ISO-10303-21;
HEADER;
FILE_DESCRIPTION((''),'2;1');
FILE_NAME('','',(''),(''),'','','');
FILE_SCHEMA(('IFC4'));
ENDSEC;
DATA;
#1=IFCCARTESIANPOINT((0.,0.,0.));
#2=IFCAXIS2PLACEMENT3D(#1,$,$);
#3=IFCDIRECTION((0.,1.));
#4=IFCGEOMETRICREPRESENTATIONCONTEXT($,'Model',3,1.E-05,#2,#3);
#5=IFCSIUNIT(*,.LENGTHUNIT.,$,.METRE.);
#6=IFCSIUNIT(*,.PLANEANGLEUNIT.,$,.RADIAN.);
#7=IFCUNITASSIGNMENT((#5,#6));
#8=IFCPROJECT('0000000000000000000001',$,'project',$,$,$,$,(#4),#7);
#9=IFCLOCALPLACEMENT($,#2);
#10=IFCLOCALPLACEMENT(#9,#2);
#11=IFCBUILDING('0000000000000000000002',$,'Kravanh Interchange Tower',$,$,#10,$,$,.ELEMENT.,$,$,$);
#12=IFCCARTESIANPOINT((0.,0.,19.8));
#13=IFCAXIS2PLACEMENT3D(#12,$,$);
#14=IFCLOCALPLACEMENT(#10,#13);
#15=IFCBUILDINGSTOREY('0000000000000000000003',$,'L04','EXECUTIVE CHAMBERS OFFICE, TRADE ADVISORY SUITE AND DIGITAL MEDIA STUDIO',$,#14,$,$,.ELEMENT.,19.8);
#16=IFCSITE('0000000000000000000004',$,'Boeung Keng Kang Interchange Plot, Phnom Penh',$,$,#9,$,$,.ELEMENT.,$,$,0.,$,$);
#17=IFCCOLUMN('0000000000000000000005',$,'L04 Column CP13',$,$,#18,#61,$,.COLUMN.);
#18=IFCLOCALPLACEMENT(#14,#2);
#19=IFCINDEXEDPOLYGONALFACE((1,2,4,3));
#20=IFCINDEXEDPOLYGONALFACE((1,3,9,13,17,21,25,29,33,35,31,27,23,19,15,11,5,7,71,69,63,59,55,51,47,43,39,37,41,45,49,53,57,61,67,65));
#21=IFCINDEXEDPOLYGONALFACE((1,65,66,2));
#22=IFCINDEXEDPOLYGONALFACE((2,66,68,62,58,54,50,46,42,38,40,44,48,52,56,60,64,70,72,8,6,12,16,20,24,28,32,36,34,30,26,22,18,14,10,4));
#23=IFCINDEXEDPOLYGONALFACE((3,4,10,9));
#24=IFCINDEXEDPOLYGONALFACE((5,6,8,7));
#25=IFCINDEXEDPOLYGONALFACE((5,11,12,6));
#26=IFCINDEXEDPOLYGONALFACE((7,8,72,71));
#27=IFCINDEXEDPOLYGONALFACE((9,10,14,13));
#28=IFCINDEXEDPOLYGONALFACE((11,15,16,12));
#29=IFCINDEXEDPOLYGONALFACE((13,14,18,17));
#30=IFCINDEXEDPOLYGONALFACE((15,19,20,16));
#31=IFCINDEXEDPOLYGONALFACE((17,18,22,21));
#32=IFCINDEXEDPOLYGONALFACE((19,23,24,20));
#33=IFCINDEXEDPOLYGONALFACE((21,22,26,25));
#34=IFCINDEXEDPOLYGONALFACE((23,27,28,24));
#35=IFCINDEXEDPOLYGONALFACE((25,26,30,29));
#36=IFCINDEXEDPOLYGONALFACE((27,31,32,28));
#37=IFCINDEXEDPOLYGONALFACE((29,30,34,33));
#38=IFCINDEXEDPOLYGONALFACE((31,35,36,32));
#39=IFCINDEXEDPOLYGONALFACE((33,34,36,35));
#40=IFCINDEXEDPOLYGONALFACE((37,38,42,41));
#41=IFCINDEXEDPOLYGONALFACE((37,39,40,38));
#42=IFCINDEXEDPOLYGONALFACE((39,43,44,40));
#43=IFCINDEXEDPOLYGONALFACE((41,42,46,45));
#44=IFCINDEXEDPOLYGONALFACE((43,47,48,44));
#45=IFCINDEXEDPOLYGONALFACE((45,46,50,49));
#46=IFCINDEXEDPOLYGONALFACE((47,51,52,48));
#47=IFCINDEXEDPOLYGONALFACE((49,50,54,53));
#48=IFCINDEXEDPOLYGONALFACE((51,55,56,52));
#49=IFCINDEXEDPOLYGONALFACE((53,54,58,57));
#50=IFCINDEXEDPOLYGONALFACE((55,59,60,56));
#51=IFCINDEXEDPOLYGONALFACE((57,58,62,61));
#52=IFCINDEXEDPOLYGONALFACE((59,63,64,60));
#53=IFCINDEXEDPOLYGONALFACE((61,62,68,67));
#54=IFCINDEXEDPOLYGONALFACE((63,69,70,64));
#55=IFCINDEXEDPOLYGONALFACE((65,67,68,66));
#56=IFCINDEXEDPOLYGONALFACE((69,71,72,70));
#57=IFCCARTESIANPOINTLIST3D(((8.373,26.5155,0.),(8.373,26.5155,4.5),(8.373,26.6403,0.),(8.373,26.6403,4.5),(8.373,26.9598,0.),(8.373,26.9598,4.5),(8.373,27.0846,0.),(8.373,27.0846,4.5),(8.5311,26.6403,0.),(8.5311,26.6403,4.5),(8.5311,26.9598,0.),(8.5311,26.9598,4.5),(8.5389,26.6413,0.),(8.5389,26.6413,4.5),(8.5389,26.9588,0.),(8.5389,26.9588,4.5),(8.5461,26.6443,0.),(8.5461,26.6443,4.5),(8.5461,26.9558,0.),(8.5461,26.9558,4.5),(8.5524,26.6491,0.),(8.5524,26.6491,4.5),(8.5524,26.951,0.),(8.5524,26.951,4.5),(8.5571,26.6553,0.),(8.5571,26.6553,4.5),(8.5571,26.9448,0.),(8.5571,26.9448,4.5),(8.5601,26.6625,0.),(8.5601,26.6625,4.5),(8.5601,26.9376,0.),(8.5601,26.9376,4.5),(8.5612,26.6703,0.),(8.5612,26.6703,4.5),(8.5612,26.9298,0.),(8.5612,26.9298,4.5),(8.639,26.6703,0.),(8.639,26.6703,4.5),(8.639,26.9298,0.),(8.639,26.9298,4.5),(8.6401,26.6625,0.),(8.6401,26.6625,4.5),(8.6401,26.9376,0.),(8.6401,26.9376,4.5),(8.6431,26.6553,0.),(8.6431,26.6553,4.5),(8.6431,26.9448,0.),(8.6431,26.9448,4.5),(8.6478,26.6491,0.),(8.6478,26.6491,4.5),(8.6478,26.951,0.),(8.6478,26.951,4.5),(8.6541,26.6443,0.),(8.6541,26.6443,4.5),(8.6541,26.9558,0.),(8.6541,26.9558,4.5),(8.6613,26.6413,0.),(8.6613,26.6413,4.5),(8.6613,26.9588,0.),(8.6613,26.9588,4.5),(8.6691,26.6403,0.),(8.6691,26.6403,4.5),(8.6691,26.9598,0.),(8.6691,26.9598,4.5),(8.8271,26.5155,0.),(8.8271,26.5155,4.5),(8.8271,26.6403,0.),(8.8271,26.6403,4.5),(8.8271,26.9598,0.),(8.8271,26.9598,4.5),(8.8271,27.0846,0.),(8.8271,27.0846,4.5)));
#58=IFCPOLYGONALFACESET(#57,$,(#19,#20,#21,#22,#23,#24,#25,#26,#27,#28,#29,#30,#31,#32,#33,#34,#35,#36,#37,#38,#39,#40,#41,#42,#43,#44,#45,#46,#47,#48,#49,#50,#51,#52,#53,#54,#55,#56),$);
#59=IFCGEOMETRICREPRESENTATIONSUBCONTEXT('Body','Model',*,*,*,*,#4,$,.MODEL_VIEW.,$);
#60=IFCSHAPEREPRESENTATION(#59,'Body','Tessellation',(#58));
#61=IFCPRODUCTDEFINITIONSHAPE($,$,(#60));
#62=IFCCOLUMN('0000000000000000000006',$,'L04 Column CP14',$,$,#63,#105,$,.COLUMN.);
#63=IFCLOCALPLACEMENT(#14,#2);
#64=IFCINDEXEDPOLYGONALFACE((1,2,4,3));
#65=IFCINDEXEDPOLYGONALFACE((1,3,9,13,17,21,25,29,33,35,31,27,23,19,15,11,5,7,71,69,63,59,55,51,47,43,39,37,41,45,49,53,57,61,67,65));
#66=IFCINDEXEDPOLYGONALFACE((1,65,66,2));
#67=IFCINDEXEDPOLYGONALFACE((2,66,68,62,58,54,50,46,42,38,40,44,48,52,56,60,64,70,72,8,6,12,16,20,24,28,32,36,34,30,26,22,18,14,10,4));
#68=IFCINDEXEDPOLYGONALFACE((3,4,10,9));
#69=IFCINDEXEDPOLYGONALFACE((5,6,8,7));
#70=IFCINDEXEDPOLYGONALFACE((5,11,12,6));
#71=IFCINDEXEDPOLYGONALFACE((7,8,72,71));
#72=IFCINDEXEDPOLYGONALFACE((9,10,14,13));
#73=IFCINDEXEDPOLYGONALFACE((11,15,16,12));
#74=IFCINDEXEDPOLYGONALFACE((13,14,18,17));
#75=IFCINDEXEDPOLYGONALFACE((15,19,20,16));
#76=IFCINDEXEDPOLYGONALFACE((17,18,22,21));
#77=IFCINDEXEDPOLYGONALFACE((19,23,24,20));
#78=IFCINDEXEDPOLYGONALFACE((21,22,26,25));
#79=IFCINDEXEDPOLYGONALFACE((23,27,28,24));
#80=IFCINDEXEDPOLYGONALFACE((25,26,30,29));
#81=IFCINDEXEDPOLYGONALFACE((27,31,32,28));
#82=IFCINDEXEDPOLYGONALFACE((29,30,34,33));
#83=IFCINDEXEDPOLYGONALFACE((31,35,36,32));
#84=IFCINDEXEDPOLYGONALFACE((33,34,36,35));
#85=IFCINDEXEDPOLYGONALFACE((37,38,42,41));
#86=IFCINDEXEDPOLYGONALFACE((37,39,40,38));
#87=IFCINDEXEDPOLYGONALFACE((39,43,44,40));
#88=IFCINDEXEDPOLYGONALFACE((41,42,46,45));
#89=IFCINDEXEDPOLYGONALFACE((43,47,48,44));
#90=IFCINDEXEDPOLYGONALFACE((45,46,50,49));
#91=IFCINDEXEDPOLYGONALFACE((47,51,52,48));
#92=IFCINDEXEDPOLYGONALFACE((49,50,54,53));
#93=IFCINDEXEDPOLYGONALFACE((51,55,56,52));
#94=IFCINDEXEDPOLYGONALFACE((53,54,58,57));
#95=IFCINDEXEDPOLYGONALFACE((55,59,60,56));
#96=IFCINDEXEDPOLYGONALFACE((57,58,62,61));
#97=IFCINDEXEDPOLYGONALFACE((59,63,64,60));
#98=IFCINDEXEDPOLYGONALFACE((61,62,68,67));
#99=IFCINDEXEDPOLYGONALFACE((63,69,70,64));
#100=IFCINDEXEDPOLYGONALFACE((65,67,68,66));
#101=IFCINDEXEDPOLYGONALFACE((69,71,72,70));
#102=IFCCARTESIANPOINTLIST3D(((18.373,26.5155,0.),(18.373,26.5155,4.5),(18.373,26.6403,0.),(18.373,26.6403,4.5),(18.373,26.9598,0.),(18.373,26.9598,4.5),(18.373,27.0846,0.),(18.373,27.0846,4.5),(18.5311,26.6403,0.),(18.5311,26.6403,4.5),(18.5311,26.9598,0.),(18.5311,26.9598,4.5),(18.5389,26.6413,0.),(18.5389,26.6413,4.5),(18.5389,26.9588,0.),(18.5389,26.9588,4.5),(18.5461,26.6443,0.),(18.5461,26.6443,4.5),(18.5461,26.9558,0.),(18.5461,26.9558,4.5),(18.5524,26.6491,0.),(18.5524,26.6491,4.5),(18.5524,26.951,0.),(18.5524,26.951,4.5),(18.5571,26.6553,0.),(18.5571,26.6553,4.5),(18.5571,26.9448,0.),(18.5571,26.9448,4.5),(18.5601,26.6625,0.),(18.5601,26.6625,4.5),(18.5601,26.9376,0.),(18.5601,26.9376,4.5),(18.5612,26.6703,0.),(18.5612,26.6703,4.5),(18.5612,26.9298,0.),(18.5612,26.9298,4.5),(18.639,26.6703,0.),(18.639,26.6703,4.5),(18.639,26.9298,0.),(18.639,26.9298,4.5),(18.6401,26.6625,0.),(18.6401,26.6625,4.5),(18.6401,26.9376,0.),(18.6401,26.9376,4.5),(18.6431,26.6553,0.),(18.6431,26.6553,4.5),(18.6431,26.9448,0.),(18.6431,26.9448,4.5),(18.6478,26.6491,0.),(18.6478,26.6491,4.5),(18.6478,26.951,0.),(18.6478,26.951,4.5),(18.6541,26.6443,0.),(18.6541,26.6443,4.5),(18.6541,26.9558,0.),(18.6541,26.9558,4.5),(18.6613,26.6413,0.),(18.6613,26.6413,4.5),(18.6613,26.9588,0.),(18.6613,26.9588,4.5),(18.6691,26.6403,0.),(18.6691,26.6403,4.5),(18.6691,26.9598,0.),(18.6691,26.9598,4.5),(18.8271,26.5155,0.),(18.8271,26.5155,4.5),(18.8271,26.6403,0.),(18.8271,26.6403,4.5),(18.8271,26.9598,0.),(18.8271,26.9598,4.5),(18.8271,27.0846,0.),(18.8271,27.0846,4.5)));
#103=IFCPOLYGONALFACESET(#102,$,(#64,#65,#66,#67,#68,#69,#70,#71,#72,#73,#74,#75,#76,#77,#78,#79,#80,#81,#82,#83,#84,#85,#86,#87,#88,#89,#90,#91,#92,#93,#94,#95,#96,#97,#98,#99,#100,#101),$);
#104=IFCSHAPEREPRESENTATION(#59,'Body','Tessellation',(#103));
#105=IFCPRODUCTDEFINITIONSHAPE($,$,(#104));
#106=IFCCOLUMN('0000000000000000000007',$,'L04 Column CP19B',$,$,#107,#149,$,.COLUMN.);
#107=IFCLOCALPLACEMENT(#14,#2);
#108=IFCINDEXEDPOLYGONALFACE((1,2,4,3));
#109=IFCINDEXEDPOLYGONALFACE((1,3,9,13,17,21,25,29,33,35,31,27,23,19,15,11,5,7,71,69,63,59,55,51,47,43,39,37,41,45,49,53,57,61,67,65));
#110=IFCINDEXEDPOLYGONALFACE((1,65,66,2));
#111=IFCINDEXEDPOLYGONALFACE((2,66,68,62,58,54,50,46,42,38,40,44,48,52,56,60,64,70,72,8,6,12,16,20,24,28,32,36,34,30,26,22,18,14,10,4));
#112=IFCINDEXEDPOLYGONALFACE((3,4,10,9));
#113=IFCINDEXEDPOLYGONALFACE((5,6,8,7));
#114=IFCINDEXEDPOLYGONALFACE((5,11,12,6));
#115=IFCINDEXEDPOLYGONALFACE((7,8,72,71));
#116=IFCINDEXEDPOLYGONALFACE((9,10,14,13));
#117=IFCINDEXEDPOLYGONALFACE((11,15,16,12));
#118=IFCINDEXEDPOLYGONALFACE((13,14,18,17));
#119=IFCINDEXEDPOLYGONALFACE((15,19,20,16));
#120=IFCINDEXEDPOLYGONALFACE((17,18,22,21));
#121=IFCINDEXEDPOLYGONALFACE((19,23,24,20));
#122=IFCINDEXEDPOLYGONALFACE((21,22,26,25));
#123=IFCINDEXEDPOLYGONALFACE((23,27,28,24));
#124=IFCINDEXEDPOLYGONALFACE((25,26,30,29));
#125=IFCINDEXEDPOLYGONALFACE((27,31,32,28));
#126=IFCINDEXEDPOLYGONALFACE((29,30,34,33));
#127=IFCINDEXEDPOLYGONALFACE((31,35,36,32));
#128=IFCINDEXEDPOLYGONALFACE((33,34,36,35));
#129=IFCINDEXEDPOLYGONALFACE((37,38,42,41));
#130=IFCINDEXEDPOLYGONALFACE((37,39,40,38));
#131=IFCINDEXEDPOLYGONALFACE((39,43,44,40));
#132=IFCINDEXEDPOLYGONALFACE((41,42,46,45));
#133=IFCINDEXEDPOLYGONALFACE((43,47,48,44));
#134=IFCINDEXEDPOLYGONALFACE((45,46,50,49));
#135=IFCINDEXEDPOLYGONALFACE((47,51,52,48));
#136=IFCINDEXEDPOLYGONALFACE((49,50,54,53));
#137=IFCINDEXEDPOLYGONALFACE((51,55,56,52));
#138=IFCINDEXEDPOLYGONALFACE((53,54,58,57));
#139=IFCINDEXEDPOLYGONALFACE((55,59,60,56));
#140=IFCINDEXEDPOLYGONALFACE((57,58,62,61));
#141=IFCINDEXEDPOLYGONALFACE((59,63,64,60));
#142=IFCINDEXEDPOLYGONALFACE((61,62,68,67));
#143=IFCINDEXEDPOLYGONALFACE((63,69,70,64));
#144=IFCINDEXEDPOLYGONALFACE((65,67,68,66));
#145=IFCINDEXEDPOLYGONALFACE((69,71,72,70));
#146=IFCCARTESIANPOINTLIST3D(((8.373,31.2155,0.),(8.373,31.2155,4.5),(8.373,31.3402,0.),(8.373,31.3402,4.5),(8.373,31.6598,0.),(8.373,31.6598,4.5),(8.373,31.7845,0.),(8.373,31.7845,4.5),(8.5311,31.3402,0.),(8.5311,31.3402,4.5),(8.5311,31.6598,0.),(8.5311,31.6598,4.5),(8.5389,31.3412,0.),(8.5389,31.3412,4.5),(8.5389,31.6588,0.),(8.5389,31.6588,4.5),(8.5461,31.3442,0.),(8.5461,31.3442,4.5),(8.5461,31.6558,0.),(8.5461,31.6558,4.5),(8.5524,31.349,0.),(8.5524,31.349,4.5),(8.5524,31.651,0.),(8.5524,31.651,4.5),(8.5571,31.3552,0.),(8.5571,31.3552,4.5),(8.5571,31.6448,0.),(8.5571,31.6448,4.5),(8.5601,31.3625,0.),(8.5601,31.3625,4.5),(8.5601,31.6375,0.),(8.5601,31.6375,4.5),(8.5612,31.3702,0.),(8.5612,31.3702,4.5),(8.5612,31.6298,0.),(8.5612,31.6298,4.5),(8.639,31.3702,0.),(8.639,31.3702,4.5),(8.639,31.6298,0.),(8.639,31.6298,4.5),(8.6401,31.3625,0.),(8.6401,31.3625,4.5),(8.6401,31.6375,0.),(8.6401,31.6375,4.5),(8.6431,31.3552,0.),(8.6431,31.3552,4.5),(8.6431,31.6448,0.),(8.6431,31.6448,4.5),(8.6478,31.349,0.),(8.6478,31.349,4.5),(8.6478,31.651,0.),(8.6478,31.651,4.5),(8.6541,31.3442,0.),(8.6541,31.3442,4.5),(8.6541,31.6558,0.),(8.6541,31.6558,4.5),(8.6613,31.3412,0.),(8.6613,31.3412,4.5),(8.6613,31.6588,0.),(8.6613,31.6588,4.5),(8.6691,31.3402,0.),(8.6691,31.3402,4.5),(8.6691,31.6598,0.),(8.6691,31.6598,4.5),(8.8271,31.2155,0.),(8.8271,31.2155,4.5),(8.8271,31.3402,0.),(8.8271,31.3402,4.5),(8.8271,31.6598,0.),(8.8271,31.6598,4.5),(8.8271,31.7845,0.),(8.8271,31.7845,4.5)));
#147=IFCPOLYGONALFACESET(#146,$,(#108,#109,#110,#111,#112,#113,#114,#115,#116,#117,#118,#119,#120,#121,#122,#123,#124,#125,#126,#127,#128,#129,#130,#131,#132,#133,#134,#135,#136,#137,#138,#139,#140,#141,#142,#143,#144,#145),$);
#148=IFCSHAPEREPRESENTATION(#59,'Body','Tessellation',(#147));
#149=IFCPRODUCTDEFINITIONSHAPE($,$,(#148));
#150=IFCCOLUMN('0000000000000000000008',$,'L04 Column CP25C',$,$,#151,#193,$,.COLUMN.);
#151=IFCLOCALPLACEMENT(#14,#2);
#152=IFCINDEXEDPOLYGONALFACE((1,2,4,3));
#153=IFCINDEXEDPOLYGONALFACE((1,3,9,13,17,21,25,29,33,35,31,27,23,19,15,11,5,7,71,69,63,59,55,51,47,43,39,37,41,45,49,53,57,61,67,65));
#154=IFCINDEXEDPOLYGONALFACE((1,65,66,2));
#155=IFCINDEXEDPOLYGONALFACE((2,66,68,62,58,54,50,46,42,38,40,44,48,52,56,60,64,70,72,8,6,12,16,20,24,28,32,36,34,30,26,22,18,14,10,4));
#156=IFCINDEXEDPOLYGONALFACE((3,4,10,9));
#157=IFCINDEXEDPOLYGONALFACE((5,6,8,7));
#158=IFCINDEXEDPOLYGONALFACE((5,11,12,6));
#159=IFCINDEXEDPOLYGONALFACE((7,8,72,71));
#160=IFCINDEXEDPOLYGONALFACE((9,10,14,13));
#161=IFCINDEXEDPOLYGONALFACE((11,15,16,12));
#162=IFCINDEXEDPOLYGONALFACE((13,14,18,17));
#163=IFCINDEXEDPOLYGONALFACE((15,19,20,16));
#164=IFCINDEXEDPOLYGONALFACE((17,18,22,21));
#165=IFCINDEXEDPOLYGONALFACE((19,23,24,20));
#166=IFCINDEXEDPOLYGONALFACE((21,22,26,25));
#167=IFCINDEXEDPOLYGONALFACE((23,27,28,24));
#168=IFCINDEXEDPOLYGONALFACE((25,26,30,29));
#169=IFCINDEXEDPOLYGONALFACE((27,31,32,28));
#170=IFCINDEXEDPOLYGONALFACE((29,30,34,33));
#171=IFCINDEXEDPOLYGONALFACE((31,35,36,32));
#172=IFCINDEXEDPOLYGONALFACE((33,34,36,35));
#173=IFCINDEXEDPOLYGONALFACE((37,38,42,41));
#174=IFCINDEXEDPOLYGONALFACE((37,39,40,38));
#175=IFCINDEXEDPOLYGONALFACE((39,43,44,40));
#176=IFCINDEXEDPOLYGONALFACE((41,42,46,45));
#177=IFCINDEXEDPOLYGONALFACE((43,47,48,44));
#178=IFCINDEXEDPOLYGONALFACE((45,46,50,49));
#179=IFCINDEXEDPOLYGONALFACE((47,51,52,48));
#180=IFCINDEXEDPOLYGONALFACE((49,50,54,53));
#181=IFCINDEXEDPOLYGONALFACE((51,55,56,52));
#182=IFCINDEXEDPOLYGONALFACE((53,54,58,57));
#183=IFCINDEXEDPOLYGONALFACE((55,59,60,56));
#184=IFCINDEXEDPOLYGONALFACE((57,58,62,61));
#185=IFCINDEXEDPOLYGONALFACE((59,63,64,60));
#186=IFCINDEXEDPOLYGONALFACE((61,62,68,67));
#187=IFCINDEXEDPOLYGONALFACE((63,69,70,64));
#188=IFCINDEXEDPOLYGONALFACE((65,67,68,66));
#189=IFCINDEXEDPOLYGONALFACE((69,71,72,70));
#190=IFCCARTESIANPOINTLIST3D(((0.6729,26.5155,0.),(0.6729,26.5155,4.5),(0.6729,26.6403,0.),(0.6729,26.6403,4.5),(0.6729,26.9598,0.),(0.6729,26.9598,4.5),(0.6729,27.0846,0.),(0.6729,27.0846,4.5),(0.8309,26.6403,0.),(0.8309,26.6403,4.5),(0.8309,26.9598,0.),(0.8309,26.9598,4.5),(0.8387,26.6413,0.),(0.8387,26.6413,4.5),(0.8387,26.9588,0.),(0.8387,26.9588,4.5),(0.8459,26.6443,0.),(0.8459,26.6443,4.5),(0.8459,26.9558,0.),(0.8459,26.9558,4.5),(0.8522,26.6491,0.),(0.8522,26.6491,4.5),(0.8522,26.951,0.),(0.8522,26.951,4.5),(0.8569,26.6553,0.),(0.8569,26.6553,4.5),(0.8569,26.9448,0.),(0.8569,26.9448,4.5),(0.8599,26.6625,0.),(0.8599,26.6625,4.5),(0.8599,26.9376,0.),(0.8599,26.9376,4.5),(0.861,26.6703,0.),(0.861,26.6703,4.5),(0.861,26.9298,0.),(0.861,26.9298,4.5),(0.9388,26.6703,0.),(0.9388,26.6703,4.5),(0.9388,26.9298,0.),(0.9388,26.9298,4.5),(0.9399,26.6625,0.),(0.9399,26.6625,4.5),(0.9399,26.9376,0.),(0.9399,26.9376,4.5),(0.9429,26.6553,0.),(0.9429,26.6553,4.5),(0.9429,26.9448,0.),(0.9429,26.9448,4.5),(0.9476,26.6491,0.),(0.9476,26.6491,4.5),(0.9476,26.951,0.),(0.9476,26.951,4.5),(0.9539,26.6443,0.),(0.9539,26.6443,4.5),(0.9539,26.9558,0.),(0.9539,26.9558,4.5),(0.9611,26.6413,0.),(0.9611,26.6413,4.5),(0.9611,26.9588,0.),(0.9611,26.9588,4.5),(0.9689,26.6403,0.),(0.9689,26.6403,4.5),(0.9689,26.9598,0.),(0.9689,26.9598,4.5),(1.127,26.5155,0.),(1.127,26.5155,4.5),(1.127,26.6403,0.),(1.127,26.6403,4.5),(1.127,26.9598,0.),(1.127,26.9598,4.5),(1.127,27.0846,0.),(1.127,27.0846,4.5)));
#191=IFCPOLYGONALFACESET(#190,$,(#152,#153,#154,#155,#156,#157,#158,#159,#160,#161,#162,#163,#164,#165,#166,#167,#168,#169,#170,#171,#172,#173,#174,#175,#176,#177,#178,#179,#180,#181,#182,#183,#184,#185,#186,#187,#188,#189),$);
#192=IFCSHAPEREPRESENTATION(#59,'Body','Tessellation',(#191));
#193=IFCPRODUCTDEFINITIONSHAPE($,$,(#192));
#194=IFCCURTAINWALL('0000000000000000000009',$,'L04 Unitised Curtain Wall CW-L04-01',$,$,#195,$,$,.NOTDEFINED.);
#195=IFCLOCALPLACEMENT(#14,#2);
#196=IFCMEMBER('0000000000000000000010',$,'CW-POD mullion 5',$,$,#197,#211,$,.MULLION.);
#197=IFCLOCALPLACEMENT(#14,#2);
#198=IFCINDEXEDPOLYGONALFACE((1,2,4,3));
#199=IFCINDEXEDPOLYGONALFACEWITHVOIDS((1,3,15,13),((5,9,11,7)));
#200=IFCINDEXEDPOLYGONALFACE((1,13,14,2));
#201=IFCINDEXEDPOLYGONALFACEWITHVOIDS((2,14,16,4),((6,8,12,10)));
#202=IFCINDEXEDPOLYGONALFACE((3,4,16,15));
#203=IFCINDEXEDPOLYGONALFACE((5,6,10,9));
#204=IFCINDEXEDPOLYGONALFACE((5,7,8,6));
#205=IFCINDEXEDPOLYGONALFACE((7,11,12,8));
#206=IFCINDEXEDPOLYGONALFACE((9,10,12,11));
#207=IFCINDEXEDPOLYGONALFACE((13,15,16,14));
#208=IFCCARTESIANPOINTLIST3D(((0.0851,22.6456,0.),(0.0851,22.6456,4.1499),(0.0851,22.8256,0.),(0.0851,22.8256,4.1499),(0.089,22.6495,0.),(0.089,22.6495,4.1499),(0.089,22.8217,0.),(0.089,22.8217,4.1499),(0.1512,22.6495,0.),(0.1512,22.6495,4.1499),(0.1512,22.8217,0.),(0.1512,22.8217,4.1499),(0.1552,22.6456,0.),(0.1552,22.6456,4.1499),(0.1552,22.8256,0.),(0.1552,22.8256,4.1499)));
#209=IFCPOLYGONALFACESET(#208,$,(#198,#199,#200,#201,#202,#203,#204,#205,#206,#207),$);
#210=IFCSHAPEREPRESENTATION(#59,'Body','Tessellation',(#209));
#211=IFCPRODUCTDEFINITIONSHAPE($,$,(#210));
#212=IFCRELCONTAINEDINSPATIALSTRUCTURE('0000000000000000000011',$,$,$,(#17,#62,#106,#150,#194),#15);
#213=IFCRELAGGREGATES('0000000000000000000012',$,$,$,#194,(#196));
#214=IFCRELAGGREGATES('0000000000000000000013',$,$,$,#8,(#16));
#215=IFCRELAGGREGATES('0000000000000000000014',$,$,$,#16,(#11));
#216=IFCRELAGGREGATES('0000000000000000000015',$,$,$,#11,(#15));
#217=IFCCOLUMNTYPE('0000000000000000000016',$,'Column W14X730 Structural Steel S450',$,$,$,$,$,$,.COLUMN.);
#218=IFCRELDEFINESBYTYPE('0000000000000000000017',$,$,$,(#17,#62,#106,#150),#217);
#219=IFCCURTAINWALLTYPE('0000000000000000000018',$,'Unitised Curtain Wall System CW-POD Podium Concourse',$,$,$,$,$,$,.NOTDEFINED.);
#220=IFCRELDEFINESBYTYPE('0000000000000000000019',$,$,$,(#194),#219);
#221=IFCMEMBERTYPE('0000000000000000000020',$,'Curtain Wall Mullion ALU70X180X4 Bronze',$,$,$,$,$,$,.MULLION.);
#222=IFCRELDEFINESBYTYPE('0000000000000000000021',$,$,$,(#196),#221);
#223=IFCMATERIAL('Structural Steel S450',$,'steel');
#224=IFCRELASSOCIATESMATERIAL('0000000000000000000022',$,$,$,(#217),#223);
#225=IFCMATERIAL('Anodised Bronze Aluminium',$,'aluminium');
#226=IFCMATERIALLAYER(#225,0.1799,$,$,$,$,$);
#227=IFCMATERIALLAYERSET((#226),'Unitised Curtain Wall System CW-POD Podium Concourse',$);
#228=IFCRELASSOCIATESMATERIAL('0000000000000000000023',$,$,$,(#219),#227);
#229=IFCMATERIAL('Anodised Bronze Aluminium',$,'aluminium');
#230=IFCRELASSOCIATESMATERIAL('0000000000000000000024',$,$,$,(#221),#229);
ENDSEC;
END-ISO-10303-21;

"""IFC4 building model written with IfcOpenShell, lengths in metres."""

from ifc_helpers import new_model, si_unit, direction, frame, origin, origin_2d, place, context, subcontext, project, spatial, hollow_rectangle, i_section, extrude, material, layer, layer_set, material_profile, profile_set, type_object, element, aggregate, save


model = new_model("IFC4")

# Units and contexts
model_context = context("Model", 3, precision=1e-05, world=origin(), true_north=direction((0.0, 1.0)))
body_context = subcontext(model_context, "Body", "Model", "MODEL_VIEW")
ifc_project = project(units=[si_unit("LENGTHUNIT", "METRE"), si_unit("PLANEANGLEUNIT", "RADIAN")], contexts=[model_context])

# Site, building, storey
site_placement = place(None, origin())
site = spatial("IfcSite", under=ifc_project, at=site_placement, Name="Boeung Keng Kang Interchange Plot, Phnom Penh", CompositionType="ELEMENT", RefElevation=0.0)
building_placement = place(site_placement, origin())
building = spatial("IfcBuilding", under=site, at=building_placement, Name="Kravanh Interchange Tower", CompositionType="ELEMENT")
storey_placement = place(building_placement, frame((0.0, 0.0, 19.8)))
storey = spatial("IfcBuildingStorey", under=building, at=storey_placement, Name="L04", Description="EXECUTIVE CHAMBERS OFFICE, TRADE ADVISORY SUITE AND DIGITAL MEDIA STUDIO", CompositionType="ELEMENT", Elevation=19.8)

# Columns
ifc_material_1 = material(Name="Structural Steel S450", Category="steel")
ifc_material_profile_1 = material_profile(ifc_material_1, i_section(OverallWidth=0.4541, OverallDepth=0.5691, WebThickness=0.0779, FlangeThickness=0.1248, FilletRadius=0.03, at=origin_2d()), Name="W14X730")
ifc_profile_set_1 = profile_set([ifc_material_profile_1], Name="Structural Steel S450")
column_type = type_object("IfcColumnType", Name="Column W14X730 Structural Steel S450", PredefinedType="COLUMN", material=ifc_profile_set_1)
for number, where, z_axis, x_axis, name in (
    (1, (8.6001, 26.8, 0.0), (0.0, 0.0, 1.0), (1.0, 0.0, 0.0), "L04 Column CP13"),
    (2, (18.6001, 26.8, 0.0), (0.0, 0.0, 1.0), (1.0, 0.0, 0.0), "L04 Column CP14"),
    (3, (8.6001, 31.5, 0.0), (0.0, 0.0, 1.0), (1.0, 0.0, 0.0), "L04 Column CP19B"),
    (4, (0.8999, 26.8, 0.0), (0.0, 0.0, 1.0), (1.0, 0.0, 0.0), "L04 Column CP25C"),
):
    element("IfcColumn", number, at=place(storey_placement, frame(where, z_axis=z_axis, x_axis=x_axis)), inside=storey, type_object=column_type, Name=name, PredefinedType="COLUMN", context=body_context, shape_type="SweptSolid", body=[
        extrude(i_section(OverallWidth=0.4541, OverallDepth=0.5691, WebThickness=0.0779, FlangeThickness=0.1248, FilletRadius=0.03, at=origin_2d()), origin(), (0.0, 0.0, 1.0), 4.5),
    ])

# Curtain wall, member
ifc_material_2 = material(Name="Anodised Bronze Aluminium", Category="aluminium")
ifc_layer_1 = layer(ifc_material_2, 0.1799)
ifc_layer_set_1 = layer_set([ifc_layer_1], Name="Unitised Curtain Wall System CW-POD Podium Concourse")
curtain_wall_type = type_object("IfcCurtainWallType", Name="Unitised Curtain Wall System CW-POD Podium Concourse", PredefinedType="NOTDEFINED", material=ifc_layer_set_1)
curtain_wall_placement = place(storey_placement, origin())
curtain_wall = element("IfcCurtainWall", 5, at=curtain_wall_placement, inside=storey, type_object=curtain_wall_type, Name="L04 Unitised Curtain Wall CW-L04-01", PredefinedType="NOTDEFINED")
ifc_material_3 = material(Name="Anodised Bronze Aluminium", Category="aluminium")
ifc_material_profile_2 = material_profile(ifc_material_3, hollow_rectangle(XDim=0.0701, YDim=0.1799, WallThickness=0.0039, at=origin_2d()), Name="ALU70X180X4")
ifc_profile_set_2 = profile_set([ifc_material_profile_2], Name="Anodised Bronze Aluminium")
member_type_1 = type_object("IfcMemberType", Name="Curtain Wall Mullion ALU70X180X4 Bronze", PredefinedType="MULLION", material=ifc_profile_set_2)
member_1_placement = place(storey_placement, frame((0.1201, 22.7356, 0.0), z_axis=(0.0, 0.0, 1.0), x_axis=(-1.0, 0.0, 0.0)))
member_1 = element("IfcMember", 6, at=member_1_placement, type_object=member_type_1, Name="CW-POD mullion 5", PredefinedType="MULLION", context=body_context, shape_type="SweptSolid", body=[
    extrude(hollow_rectangle(XDim=0.0701, YDim=0.1799, WallThickness=0.0039, at=origin_2d()), origin(), (0.0, 0.0, 1.0), 4.1499),
])

aggregate(curtain_wall, [member_1])

save(model, "model.ifc")
